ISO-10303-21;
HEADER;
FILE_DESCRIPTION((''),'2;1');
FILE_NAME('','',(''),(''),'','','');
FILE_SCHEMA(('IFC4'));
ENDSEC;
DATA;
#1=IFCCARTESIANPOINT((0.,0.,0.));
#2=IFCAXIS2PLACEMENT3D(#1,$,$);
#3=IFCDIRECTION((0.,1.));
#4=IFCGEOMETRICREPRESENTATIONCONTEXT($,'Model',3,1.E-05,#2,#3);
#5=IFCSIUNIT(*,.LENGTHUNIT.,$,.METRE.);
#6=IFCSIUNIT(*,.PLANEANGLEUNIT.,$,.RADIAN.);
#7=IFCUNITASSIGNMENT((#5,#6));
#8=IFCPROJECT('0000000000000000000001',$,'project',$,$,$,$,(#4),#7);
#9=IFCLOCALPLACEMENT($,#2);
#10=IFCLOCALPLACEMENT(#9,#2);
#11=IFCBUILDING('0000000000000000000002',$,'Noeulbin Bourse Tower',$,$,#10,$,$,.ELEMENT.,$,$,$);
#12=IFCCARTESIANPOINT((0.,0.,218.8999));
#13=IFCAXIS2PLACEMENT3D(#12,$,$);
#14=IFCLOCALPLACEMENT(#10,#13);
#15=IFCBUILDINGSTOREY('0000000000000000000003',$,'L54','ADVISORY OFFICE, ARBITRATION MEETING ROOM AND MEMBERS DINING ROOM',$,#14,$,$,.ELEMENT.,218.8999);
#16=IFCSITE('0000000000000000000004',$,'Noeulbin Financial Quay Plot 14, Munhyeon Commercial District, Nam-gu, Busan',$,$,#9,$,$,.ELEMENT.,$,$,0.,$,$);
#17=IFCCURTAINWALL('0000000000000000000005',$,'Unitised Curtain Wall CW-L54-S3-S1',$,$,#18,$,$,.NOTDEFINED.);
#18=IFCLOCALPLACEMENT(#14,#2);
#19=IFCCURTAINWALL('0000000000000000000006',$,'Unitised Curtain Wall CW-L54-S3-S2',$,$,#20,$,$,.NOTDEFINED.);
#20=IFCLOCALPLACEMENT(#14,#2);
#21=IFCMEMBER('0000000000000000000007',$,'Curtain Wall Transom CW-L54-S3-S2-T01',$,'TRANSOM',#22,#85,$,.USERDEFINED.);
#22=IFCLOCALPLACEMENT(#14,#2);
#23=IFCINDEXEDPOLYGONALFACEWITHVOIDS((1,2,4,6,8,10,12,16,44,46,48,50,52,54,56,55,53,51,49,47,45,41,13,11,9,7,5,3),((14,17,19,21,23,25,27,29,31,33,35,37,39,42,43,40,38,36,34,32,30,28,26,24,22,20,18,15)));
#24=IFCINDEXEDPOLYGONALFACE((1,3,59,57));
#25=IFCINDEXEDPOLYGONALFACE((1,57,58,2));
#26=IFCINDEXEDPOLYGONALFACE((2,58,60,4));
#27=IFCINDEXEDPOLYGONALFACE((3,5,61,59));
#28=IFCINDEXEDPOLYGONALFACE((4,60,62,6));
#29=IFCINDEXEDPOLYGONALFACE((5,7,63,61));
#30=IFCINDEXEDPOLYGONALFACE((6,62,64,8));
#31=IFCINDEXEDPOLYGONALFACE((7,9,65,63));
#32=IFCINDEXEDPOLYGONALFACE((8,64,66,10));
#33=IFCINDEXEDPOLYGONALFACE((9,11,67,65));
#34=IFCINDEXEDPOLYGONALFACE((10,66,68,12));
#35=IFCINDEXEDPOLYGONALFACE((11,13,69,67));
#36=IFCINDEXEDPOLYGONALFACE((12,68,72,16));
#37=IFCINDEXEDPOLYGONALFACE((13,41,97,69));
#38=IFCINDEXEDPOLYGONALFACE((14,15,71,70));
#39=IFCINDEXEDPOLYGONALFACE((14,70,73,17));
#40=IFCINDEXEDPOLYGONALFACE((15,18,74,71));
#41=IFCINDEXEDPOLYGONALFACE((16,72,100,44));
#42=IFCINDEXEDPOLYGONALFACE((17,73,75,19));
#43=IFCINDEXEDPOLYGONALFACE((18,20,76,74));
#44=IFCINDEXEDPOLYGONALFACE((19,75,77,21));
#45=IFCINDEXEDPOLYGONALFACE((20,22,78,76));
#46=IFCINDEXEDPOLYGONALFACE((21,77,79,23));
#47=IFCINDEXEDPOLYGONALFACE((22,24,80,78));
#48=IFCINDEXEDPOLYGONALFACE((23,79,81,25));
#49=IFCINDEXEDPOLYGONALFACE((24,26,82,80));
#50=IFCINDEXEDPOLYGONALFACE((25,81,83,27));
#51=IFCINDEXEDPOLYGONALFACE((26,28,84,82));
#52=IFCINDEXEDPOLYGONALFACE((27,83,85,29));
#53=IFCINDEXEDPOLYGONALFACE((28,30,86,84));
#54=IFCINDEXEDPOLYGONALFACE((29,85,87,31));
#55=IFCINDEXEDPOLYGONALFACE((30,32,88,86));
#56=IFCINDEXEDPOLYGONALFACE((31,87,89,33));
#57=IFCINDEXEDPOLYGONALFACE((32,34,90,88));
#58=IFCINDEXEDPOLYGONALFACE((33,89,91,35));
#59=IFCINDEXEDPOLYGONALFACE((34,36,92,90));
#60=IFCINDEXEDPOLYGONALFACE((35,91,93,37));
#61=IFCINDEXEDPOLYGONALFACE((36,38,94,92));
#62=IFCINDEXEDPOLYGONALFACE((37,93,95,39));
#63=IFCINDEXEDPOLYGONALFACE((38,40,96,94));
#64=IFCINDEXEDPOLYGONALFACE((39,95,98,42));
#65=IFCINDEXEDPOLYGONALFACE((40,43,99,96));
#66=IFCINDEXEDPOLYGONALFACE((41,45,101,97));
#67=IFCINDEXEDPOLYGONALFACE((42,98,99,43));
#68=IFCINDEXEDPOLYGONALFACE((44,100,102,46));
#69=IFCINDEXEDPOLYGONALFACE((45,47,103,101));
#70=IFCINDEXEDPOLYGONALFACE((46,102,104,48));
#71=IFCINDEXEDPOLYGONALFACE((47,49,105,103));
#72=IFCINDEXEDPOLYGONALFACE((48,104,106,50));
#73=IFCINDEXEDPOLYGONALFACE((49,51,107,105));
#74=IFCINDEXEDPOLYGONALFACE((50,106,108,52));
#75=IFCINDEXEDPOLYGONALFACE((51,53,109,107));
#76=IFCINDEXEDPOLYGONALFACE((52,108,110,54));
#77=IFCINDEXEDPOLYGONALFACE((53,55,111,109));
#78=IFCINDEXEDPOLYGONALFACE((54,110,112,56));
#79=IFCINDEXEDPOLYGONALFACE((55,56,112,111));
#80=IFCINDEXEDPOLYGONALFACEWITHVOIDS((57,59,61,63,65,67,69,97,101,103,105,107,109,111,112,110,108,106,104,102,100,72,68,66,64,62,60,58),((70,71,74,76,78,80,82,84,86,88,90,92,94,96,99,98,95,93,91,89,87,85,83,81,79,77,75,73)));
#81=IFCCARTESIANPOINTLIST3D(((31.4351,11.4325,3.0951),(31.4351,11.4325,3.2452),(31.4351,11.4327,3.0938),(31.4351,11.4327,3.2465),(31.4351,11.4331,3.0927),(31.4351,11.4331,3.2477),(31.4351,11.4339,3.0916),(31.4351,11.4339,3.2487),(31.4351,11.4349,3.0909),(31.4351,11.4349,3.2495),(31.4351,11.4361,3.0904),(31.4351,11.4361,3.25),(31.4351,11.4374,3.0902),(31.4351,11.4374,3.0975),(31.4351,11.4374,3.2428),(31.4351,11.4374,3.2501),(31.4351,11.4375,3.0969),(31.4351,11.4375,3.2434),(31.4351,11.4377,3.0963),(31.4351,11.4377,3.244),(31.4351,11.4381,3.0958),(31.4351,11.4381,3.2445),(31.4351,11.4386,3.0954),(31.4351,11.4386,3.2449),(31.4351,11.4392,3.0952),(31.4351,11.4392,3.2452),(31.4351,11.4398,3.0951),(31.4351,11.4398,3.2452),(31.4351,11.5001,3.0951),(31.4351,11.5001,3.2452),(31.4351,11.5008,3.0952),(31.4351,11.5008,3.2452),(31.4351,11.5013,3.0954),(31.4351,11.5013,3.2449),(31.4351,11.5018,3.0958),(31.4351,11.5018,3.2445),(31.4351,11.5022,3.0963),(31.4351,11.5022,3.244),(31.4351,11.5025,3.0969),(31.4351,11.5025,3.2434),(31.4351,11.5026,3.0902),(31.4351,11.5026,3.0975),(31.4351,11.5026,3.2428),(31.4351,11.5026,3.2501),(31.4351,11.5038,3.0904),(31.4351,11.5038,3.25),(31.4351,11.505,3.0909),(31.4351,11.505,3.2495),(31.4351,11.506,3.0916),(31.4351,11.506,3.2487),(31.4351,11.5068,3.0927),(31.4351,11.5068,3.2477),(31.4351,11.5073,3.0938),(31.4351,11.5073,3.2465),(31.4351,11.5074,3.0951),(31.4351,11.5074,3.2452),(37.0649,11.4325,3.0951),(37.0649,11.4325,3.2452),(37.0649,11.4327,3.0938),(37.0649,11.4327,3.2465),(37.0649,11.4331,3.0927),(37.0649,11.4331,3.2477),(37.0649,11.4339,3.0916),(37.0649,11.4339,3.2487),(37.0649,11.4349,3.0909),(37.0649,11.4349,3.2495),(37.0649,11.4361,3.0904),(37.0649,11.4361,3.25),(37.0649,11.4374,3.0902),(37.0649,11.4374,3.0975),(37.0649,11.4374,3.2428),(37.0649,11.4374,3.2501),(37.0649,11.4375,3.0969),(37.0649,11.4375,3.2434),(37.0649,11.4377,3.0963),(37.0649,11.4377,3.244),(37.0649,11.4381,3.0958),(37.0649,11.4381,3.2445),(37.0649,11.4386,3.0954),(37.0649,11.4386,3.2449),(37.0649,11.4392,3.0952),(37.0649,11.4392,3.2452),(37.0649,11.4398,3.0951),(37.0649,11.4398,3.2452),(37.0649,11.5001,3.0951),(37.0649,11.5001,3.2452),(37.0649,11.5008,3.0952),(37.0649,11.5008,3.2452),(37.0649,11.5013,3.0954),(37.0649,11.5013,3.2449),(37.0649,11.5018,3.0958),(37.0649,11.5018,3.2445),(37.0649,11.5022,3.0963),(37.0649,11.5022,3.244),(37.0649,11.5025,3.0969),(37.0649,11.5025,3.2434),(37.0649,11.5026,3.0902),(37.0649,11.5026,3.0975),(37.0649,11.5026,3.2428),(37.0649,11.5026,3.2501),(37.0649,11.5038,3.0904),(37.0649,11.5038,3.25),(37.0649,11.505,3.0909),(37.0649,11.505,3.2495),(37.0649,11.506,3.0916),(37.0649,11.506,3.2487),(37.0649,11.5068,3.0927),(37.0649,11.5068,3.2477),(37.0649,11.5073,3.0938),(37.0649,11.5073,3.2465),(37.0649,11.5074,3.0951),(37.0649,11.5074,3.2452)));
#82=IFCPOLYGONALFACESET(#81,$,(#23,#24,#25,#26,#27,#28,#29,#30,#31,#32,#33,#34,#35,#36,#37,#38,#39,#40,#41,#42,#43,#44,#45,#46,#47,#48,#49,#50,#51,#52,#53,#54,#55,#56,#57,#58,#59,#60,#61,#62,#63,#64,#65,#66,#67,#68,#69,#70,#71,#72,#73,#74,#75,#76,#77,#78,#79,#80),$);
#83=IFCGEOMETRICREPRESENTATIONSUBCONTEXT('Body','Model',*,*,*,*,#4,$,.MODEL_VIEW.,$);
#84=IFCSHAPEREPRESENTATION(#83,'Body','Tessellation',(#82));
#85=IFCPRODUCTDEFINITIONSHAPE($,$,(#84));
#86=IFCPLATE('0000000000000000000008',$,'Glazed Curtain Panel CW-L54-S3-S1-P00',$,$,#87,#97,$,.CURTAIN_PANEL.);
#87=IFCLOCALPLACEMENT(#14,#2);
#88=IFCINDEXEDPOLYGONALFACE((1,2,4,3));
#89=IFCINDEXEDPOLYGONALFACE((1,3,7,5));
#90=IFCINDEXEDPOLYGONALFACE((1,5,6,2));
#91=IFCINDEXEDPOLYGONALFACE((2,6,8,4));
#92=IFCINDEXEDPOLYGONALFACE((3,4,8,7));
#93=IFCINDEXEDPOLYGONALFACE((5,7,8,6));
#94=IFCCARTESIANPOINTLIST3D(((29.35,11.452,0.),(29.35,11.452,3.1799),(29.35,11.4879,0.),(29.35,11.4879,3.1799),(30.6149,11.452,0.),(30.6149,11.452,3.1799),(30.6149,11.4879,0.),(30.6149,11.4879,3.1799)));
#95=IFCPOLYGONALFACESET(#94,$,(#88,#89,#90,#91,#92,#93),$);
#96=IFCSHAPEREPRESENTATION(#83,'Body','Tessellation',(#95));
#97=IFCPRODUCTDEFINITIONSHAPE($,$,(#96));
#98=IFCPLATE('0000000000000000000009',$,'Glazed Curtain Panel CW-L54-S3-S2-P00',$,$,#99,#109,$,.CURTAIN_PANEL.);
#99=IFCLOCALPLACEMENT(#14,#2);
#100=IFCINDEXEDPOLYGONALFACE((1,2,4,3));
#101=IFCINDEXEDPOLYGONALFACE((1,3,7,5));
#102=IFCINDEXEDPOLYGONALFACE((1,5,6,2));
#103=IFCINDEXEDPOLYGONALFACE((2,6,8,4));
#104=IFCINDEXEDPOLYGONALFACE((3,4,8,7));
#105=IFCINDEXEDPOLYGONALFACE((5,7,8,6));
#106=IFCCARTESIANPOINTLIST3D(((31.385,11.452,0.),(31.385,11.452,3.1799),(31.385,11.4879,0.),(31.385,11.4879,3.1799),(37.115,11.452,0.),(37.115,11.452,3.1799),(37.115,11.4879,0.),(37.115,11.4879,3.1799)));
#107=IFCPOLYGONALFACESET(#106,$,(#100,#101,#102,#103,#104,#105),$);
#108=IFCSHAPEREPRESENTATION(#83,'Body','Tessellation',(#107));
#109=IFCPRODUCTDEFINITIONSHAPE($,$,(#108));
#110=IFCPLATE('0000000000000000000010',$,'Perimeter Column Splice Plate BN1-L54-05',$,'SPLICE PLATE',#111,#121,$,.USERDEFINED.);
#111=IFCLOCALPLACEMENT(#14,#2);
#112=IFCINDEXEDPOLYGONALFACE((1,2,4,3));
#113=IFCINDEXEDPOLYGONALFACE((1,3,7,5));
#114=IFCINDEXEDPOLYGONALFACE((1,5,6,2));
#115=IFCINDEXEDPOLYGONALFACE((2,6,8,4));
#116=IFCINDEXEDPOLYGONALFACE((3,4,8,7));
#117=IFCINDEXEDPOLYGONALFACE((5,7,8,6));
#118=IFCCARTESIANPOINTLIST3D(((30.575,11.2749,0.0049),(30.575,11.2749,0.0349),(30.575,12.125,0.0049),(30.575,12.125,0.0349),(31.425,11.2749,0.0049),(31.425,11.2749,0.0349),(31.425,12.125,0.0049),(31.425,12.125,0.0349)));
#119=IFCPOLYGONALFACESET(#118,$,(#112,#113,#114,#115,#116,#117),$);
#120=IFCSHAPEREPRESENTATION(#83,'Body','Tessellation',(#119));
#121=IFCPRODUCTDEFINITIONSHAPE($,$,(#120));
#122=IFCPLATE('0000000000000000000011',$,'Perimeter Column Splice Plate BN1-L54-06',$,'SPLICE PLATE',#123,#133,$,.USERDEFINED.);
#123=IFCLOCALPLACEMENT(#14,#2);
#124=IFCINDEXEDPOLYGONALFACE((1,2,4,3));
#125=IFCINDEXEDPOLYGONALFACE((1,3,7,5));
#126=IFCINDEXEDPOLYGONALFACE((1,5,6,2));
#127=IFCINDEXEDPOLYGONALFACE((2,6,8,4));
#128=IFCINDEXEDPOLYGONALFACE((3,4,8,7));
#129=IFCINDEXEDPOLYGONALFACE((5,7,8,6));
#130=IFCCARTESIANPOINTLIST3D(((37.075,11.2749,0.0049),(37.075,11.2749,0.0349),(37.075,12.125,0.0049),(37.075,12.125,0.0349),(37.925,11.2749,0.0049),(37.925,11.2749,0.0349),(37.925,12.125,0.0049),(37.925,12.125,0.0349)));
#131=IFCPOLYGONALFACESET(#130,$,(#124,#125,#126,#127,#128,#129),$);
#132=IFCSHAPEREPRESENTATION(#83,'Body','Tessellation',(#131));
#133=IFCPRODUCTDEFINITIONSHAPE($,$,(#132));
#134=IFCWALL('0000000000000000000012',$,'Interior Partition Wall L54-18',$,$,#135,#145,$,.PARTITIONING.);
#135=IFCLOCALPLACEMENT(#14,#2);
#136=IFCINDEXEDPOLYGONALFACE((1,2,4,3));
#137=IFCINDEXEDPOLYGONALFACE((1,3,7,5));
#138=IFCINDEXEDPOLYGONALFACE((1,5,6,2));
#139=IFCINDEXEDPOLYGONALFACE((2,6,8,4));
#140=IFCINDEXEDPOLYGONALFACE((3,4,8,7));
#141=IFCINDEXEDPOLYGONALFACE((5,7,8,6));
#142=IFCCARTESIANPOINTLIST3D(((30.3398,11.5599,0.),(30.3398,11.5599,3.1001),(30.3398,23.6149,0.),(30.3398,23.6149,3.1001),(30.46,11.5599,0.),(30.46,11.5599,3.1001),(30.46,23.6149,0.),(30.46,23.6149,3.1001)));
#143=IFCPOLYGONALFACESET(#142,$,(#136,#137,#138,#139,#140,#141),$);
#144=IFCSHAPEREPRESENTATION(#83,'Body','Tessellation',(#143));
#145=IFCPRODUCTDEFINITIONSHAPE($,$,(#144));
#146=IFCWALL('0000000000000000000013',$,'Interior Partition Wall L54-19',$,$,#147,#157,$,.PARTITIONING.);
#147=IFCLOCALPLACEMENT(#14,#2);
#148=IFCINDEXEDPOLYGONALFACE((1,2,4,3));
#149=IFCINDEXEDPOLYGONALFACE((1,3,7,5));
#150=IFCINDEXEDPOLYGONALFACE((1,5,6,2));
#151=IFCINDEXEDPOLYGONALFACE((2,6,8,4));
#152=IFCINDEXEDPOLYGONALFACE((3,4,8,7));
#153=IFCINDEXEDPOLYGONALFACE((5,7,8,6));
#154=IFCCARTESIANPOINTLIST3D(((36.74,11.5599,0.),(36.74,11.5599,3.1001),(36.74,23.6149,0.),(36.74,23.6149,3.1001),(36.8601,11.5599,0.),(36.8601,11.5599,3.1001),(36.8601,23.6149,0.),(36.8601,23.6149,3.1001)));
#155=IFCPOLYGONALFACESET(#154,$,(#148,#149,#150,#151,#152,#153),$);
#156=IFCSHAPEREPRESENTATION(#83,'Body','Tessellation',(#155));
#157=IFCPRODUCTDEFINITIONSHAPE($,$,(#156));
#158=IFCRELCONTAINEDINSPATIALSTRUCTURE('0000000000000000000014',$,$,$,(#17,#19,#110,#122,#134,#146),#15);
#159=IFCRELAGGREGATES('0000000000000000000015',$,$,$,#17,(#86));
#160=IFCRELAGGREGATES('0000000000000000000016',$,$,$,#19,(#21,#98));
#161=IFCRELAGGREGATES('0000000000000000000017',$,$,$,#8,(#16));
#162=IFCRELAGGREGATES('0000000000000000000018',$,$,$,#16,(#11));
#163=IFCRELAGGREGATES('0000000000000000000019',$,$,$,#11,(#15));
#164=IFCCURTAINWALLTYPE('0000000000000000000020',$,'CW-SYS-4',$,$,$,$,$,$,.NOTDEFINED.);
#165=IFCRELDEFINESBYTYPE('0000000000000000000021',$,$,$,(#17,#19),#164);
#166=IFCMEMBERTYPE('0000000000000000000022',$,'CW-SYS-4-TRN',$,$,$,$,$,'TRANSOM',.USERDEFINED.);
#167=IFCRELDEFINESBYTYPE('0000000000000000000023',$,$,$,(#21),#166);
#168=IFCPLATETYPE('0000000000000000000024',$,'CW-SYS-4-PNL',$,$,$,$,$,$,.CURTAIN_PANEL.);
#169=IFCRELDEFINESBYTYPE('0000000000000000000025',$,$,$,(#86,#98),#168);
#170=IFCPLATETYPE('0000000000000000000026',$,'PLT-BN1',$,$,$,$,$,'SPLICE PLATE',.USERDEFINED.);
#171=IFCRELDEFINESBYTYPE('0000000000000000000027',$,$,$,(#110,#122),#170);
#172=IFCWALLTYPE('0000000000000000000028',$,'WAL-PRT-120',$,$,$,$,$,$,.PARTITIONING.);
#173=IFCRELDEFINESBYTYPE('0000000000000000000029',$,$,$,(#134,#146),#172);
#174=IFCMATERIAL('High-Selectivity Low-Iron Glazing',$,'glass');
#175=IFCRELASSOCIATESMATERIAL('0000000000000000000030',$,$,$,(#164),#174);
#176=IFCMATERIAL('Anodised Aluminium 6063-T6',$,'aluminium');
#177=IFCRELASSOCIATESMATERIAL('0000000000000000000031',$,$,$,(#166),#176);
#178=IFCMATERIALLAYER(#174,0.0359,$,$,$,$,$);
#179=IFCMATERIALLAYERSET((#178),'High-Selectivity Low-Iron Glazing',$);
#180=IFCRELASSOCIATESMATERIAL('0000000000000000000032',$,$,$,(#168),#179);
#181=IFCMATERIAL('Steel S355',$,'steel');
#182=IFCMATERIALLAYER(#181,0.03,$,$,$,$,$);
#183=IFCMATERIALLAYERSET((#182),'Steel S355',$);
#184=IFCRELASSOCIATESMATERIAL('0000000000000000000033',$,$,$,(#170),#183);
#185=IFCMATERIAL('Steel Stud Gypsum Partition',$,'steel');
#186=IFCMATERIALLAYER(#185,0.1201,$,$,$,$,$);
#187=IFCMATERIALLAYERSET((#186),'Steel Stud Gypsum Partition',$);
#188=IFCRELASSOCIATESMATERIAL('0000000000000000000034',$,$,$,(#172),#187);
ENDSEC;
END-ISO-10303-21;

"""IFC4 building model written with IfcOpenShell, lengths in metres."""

from ifc_helpers import new_model, si_unit, direction, frame, frame_2d, origin, origin_2d, place, context, subcontext, project, spatial, rectangle, hollow_rectangle, extrude, material, layer, layer_set, material_profile, profile_set, type_object, element, aggregate, save


model = new_model("IFC4")

# Units and contexts
model_context = context("Model", 3, precision=1e-05, world=origin(), true_north=direction((0.0, 1.0)))
body_context = subcontext(model_context, "Body", "Model", "MODEL_VIEW")
ifc_project = project(units=[si_unit("LENGTHUNIT", "METRE"), si_unit("PLANEANGLEUNIT", "RADIAN")], contexts=[model_context])

# Site, building, storey
site_placement = place(None, origin())
site = spatial("IfcSite", under=ifc_project, at=site_placement, Name="Noeulbin Financial Quay Plot 14, Munhyeon Commercial District, Nam-gu, Busan", CompositionType="ELEMENT", RefElevation=0.0)
building_placement = place(site_placement, origin())
building = spatial("IfcBuilding", under=site, at=building_placement, Name="Noeulbin Bourse Tower", CompositionType="ELEMENT")
storey_placement = place(building_placement, frame((0.0, 0.0, 218.8999)))
storey = spatial("IfcBuildingStorey", under=building, at=storey_placement, Name="L54", Description="ADVISORY OFFICE, ARBITRATION MEETING ROOM AND MEMBERS DINING ROOM", CompositionType="ELEMENT", Elevation=218.8999)

# Shared definitions
ifc_material_1 = material(Name="Steel S355", Category="steel")

# Curtain walls
ifc_material_2 = material(Name="High-Selectivity Low-Iron Glazing", Category="glass")
curtain_wall_type = type_object("IfcCurtainWallType", Name="CW-SYS-4", PredefinedType="NOTDEFINED", material=ifc_material_2)
curtain_wall_1_placement = place(storey_placement, origin())
curtain_wall_1 = element("IfcCurtainWall", 1, at=curtain_wall_1_placement, inside=storey, type_object=curtain_wall_type, Name="Unitised Curtain Wall CW-L54-S3-S1", PredefinedType="NOTDEFINED")
ifc_material_3 = material(Name="Anodised Aluminium 6063-T6", Category="aluminium")
curtain_wall_2_placement = place(storey_placement, origin())
curtain_wall_2 = element("IfcCurtainWall", 2, at=curtain_wall_2_placement, inside=storey, type_object=curtain_wall_type, Name="Unitised Curtain Wall CW-L54-S3-S2", PredefinedType="NOTDEFINED")

# Member
ifc_material_profile_1 = material_profile(ifc_material_3, hollow_rectangle(XDim=0.075, YDim=0.1599, WallThickness=0.0049, InnerFilletRadius=0.0024, OuterFilletRadius=0.0049, at=origin_2d()), Name="ALU-TRAN-75x160x5", Category="LoadBearing")
ifc_profile_set_1 = profile_set([ifc_material_profile_1], Name="Anodised Aluminium 6063-T6")
member_type_1 = type_object("IfcMemberType", Name="CW-SYS-4-TRN", ElementType="TRANSOM", PredefinedType="USERDEFINED", material=ifc_profile_set_1)
member_1_placement = place(storey_placement, frame((31.4351, 11.47, 3.1702), z_axis=(1.0, 0.0, 0.0), x_axis=(0.0, 1.0, 0.0)))
member_1 = element("IfcMember", 3, at=member_1_placement, type_object=member_type_1, Name="Curtain Wall Transom CW-L54-S3-S2-T01", ObjectType="TRANSOM", PredefinedType="USERDEFINED", context=body_context, shape_type="SweptSolid", body=[
    extrude(hollow_rectangle(XDim=0.075, YDim=0.1599, WallThickness=0.0049, InnerFilletRadius=0.0024, OuterFilletRadius=0.0049, at=origin_2d()), origin(), (0.0, 0.0, 1.0), 5.6299),
])

# Plates
ifc_layer_1 = layer(ifc_material_2, 0.0359)
ifc_layer_set_1 = layer_set([ifc_layer_1], Name="High-Selectivity Low-Iron Glazing")
plate_type_1 = type_object("IfcPlateType", Name="CW-SYS-4-PNL", PredefinedType="CURTAIN_PANEL", material=ifc_layer_set_1)
plate_1_placement = place(storey_placement, frame((29.9824, 11.47, 0.0), z_axis=(0.0, 0.0, 1.0), x_axis=(1.0, 0.0, 0.0)))
plate_1 = element("IfcPlate", 4, at=plate_1_placement, type_object=plate_type_1, Name="Glazed Curtain Panel CW-L54-S3-S1-P00", PredefinedType="CURTAIN_PANEL", context=body_context, shape_type="SweptSolid", body=[
    extrude(rectangle(XDim=1.2649, YDim=0.0359, at=origin_2d()), origin(), (0.0, 0.0, 1.0), 3.1799),
])
aggregate(curtain_wall_1, [plate_1])
plate_2_placement = place(storey_placement, frame((34.25, 11.47, 0.0), z_axis=(0.0, 0.0, 1.0), x_axis=(1.0, 0.0, 0.0)))
plate_2 = element("IfcPlate", 5, at=plate_2_placement, type_object=plate_type_1, Name="Glazed Curtain Panel CW-L54-S3-S2-P00", PredefinedType="CURTAIN_PANEL", context=body_context, shape_type="SweptSolid", body=[
    extrude(rectangle(XDim=5.73, YDim=0.0359, at=origin_2d()), origin(), (0.0, 0.0, 1.0), 3.1799),
])
aggregate(curtain_wall_2, [member_1, plate_2])

# Plates
ifc_layer_2 = layer(ifc_material_1, 0.03)
ifc_layer_set_2 = layer_set([ifc_layer_2], Name="Steel S355")
plate_type_2 = type_object("IfcPlateType", Name="PLT-BN1", ElementType="SPLICE PLATE", PredefinedType="USERDEFINED", material=ifc_layer_set_2)
for number, where, z_axis, x_axis, name in (
    (6, (31.0, 11.7, 0.0049), (0.0, 0.0, 1.0), (1.0, 0.0, 0.0), "Perimeter Column Splice Plate BN1-L54-05"),
    (7, (37.5, 11.7, 0.0049), (0.0, 0.0, 1.0), (1.0, 0.0, 0.0), "Perimeter Column Splice Plate BN1-L54-06"),
):
    element("IfcPlate", number, at=place(storey_placement, frame(where, z_axis=z_axis, x_axis=x_axis)), inside=storey, type_object=plate_type_2, Name=name, ObjectType="SPLICE PLATE", PredefinedType="USERDEFINED", context=body_context, shape_type="SweptSolid", body=[
        extrude(rectangle(XDim=0.8501, YDim=0.8501, at=origin_2d()), origin(), (0.0, 0.0, 1.0), 0.03),
    ])

# Walls
ifc_material_4 = material(Name="Steel Stud Gypsum Partition", Category="steel")
ifc_layer_3 = layer(ifc_material_4, 0.1201)
ifc_layer_set_3 = layer_set([ifc_layer_3], Name="Steel Stud Gypsum Partition")
wall_type = type_object("IfcWallType", Name="WAL-PRT-120", PredefinedType="PARTITIONING", material=ifc_layer_set_3)
for number, where, z_axis, x_axis, name in (
    (8, (30.3999, 11.5601, 0.0), (0.0, 0.0, 1.0), (0.0, 1.0, 0.0), "Interior Partition Wall L54-18"),
    (9, (36.8, 11.5601, 0.0), (0.0, 0.0, 1.0), (0.0, 1.0, 0.0), "Interior Partition Wall L54-19"),
):
    element("IfcWall", number, at=place(storey_placement, frame(where, z_axis=z_axis, x_axis=x_axis)), inside=storey, type_object=wall_type, Name=name, PredefinedType="PARTITIONING", context=body_context, shape_type="SweptSolid", body=[
        extrude(rectangle(XDim=12.0549, YDim=0.1201, at=frame_2d((6.0273, 0.0))), origin(), (0.0, 0.0, 1.0), 3.1001),
    ])

save(model, "model.ifc")
